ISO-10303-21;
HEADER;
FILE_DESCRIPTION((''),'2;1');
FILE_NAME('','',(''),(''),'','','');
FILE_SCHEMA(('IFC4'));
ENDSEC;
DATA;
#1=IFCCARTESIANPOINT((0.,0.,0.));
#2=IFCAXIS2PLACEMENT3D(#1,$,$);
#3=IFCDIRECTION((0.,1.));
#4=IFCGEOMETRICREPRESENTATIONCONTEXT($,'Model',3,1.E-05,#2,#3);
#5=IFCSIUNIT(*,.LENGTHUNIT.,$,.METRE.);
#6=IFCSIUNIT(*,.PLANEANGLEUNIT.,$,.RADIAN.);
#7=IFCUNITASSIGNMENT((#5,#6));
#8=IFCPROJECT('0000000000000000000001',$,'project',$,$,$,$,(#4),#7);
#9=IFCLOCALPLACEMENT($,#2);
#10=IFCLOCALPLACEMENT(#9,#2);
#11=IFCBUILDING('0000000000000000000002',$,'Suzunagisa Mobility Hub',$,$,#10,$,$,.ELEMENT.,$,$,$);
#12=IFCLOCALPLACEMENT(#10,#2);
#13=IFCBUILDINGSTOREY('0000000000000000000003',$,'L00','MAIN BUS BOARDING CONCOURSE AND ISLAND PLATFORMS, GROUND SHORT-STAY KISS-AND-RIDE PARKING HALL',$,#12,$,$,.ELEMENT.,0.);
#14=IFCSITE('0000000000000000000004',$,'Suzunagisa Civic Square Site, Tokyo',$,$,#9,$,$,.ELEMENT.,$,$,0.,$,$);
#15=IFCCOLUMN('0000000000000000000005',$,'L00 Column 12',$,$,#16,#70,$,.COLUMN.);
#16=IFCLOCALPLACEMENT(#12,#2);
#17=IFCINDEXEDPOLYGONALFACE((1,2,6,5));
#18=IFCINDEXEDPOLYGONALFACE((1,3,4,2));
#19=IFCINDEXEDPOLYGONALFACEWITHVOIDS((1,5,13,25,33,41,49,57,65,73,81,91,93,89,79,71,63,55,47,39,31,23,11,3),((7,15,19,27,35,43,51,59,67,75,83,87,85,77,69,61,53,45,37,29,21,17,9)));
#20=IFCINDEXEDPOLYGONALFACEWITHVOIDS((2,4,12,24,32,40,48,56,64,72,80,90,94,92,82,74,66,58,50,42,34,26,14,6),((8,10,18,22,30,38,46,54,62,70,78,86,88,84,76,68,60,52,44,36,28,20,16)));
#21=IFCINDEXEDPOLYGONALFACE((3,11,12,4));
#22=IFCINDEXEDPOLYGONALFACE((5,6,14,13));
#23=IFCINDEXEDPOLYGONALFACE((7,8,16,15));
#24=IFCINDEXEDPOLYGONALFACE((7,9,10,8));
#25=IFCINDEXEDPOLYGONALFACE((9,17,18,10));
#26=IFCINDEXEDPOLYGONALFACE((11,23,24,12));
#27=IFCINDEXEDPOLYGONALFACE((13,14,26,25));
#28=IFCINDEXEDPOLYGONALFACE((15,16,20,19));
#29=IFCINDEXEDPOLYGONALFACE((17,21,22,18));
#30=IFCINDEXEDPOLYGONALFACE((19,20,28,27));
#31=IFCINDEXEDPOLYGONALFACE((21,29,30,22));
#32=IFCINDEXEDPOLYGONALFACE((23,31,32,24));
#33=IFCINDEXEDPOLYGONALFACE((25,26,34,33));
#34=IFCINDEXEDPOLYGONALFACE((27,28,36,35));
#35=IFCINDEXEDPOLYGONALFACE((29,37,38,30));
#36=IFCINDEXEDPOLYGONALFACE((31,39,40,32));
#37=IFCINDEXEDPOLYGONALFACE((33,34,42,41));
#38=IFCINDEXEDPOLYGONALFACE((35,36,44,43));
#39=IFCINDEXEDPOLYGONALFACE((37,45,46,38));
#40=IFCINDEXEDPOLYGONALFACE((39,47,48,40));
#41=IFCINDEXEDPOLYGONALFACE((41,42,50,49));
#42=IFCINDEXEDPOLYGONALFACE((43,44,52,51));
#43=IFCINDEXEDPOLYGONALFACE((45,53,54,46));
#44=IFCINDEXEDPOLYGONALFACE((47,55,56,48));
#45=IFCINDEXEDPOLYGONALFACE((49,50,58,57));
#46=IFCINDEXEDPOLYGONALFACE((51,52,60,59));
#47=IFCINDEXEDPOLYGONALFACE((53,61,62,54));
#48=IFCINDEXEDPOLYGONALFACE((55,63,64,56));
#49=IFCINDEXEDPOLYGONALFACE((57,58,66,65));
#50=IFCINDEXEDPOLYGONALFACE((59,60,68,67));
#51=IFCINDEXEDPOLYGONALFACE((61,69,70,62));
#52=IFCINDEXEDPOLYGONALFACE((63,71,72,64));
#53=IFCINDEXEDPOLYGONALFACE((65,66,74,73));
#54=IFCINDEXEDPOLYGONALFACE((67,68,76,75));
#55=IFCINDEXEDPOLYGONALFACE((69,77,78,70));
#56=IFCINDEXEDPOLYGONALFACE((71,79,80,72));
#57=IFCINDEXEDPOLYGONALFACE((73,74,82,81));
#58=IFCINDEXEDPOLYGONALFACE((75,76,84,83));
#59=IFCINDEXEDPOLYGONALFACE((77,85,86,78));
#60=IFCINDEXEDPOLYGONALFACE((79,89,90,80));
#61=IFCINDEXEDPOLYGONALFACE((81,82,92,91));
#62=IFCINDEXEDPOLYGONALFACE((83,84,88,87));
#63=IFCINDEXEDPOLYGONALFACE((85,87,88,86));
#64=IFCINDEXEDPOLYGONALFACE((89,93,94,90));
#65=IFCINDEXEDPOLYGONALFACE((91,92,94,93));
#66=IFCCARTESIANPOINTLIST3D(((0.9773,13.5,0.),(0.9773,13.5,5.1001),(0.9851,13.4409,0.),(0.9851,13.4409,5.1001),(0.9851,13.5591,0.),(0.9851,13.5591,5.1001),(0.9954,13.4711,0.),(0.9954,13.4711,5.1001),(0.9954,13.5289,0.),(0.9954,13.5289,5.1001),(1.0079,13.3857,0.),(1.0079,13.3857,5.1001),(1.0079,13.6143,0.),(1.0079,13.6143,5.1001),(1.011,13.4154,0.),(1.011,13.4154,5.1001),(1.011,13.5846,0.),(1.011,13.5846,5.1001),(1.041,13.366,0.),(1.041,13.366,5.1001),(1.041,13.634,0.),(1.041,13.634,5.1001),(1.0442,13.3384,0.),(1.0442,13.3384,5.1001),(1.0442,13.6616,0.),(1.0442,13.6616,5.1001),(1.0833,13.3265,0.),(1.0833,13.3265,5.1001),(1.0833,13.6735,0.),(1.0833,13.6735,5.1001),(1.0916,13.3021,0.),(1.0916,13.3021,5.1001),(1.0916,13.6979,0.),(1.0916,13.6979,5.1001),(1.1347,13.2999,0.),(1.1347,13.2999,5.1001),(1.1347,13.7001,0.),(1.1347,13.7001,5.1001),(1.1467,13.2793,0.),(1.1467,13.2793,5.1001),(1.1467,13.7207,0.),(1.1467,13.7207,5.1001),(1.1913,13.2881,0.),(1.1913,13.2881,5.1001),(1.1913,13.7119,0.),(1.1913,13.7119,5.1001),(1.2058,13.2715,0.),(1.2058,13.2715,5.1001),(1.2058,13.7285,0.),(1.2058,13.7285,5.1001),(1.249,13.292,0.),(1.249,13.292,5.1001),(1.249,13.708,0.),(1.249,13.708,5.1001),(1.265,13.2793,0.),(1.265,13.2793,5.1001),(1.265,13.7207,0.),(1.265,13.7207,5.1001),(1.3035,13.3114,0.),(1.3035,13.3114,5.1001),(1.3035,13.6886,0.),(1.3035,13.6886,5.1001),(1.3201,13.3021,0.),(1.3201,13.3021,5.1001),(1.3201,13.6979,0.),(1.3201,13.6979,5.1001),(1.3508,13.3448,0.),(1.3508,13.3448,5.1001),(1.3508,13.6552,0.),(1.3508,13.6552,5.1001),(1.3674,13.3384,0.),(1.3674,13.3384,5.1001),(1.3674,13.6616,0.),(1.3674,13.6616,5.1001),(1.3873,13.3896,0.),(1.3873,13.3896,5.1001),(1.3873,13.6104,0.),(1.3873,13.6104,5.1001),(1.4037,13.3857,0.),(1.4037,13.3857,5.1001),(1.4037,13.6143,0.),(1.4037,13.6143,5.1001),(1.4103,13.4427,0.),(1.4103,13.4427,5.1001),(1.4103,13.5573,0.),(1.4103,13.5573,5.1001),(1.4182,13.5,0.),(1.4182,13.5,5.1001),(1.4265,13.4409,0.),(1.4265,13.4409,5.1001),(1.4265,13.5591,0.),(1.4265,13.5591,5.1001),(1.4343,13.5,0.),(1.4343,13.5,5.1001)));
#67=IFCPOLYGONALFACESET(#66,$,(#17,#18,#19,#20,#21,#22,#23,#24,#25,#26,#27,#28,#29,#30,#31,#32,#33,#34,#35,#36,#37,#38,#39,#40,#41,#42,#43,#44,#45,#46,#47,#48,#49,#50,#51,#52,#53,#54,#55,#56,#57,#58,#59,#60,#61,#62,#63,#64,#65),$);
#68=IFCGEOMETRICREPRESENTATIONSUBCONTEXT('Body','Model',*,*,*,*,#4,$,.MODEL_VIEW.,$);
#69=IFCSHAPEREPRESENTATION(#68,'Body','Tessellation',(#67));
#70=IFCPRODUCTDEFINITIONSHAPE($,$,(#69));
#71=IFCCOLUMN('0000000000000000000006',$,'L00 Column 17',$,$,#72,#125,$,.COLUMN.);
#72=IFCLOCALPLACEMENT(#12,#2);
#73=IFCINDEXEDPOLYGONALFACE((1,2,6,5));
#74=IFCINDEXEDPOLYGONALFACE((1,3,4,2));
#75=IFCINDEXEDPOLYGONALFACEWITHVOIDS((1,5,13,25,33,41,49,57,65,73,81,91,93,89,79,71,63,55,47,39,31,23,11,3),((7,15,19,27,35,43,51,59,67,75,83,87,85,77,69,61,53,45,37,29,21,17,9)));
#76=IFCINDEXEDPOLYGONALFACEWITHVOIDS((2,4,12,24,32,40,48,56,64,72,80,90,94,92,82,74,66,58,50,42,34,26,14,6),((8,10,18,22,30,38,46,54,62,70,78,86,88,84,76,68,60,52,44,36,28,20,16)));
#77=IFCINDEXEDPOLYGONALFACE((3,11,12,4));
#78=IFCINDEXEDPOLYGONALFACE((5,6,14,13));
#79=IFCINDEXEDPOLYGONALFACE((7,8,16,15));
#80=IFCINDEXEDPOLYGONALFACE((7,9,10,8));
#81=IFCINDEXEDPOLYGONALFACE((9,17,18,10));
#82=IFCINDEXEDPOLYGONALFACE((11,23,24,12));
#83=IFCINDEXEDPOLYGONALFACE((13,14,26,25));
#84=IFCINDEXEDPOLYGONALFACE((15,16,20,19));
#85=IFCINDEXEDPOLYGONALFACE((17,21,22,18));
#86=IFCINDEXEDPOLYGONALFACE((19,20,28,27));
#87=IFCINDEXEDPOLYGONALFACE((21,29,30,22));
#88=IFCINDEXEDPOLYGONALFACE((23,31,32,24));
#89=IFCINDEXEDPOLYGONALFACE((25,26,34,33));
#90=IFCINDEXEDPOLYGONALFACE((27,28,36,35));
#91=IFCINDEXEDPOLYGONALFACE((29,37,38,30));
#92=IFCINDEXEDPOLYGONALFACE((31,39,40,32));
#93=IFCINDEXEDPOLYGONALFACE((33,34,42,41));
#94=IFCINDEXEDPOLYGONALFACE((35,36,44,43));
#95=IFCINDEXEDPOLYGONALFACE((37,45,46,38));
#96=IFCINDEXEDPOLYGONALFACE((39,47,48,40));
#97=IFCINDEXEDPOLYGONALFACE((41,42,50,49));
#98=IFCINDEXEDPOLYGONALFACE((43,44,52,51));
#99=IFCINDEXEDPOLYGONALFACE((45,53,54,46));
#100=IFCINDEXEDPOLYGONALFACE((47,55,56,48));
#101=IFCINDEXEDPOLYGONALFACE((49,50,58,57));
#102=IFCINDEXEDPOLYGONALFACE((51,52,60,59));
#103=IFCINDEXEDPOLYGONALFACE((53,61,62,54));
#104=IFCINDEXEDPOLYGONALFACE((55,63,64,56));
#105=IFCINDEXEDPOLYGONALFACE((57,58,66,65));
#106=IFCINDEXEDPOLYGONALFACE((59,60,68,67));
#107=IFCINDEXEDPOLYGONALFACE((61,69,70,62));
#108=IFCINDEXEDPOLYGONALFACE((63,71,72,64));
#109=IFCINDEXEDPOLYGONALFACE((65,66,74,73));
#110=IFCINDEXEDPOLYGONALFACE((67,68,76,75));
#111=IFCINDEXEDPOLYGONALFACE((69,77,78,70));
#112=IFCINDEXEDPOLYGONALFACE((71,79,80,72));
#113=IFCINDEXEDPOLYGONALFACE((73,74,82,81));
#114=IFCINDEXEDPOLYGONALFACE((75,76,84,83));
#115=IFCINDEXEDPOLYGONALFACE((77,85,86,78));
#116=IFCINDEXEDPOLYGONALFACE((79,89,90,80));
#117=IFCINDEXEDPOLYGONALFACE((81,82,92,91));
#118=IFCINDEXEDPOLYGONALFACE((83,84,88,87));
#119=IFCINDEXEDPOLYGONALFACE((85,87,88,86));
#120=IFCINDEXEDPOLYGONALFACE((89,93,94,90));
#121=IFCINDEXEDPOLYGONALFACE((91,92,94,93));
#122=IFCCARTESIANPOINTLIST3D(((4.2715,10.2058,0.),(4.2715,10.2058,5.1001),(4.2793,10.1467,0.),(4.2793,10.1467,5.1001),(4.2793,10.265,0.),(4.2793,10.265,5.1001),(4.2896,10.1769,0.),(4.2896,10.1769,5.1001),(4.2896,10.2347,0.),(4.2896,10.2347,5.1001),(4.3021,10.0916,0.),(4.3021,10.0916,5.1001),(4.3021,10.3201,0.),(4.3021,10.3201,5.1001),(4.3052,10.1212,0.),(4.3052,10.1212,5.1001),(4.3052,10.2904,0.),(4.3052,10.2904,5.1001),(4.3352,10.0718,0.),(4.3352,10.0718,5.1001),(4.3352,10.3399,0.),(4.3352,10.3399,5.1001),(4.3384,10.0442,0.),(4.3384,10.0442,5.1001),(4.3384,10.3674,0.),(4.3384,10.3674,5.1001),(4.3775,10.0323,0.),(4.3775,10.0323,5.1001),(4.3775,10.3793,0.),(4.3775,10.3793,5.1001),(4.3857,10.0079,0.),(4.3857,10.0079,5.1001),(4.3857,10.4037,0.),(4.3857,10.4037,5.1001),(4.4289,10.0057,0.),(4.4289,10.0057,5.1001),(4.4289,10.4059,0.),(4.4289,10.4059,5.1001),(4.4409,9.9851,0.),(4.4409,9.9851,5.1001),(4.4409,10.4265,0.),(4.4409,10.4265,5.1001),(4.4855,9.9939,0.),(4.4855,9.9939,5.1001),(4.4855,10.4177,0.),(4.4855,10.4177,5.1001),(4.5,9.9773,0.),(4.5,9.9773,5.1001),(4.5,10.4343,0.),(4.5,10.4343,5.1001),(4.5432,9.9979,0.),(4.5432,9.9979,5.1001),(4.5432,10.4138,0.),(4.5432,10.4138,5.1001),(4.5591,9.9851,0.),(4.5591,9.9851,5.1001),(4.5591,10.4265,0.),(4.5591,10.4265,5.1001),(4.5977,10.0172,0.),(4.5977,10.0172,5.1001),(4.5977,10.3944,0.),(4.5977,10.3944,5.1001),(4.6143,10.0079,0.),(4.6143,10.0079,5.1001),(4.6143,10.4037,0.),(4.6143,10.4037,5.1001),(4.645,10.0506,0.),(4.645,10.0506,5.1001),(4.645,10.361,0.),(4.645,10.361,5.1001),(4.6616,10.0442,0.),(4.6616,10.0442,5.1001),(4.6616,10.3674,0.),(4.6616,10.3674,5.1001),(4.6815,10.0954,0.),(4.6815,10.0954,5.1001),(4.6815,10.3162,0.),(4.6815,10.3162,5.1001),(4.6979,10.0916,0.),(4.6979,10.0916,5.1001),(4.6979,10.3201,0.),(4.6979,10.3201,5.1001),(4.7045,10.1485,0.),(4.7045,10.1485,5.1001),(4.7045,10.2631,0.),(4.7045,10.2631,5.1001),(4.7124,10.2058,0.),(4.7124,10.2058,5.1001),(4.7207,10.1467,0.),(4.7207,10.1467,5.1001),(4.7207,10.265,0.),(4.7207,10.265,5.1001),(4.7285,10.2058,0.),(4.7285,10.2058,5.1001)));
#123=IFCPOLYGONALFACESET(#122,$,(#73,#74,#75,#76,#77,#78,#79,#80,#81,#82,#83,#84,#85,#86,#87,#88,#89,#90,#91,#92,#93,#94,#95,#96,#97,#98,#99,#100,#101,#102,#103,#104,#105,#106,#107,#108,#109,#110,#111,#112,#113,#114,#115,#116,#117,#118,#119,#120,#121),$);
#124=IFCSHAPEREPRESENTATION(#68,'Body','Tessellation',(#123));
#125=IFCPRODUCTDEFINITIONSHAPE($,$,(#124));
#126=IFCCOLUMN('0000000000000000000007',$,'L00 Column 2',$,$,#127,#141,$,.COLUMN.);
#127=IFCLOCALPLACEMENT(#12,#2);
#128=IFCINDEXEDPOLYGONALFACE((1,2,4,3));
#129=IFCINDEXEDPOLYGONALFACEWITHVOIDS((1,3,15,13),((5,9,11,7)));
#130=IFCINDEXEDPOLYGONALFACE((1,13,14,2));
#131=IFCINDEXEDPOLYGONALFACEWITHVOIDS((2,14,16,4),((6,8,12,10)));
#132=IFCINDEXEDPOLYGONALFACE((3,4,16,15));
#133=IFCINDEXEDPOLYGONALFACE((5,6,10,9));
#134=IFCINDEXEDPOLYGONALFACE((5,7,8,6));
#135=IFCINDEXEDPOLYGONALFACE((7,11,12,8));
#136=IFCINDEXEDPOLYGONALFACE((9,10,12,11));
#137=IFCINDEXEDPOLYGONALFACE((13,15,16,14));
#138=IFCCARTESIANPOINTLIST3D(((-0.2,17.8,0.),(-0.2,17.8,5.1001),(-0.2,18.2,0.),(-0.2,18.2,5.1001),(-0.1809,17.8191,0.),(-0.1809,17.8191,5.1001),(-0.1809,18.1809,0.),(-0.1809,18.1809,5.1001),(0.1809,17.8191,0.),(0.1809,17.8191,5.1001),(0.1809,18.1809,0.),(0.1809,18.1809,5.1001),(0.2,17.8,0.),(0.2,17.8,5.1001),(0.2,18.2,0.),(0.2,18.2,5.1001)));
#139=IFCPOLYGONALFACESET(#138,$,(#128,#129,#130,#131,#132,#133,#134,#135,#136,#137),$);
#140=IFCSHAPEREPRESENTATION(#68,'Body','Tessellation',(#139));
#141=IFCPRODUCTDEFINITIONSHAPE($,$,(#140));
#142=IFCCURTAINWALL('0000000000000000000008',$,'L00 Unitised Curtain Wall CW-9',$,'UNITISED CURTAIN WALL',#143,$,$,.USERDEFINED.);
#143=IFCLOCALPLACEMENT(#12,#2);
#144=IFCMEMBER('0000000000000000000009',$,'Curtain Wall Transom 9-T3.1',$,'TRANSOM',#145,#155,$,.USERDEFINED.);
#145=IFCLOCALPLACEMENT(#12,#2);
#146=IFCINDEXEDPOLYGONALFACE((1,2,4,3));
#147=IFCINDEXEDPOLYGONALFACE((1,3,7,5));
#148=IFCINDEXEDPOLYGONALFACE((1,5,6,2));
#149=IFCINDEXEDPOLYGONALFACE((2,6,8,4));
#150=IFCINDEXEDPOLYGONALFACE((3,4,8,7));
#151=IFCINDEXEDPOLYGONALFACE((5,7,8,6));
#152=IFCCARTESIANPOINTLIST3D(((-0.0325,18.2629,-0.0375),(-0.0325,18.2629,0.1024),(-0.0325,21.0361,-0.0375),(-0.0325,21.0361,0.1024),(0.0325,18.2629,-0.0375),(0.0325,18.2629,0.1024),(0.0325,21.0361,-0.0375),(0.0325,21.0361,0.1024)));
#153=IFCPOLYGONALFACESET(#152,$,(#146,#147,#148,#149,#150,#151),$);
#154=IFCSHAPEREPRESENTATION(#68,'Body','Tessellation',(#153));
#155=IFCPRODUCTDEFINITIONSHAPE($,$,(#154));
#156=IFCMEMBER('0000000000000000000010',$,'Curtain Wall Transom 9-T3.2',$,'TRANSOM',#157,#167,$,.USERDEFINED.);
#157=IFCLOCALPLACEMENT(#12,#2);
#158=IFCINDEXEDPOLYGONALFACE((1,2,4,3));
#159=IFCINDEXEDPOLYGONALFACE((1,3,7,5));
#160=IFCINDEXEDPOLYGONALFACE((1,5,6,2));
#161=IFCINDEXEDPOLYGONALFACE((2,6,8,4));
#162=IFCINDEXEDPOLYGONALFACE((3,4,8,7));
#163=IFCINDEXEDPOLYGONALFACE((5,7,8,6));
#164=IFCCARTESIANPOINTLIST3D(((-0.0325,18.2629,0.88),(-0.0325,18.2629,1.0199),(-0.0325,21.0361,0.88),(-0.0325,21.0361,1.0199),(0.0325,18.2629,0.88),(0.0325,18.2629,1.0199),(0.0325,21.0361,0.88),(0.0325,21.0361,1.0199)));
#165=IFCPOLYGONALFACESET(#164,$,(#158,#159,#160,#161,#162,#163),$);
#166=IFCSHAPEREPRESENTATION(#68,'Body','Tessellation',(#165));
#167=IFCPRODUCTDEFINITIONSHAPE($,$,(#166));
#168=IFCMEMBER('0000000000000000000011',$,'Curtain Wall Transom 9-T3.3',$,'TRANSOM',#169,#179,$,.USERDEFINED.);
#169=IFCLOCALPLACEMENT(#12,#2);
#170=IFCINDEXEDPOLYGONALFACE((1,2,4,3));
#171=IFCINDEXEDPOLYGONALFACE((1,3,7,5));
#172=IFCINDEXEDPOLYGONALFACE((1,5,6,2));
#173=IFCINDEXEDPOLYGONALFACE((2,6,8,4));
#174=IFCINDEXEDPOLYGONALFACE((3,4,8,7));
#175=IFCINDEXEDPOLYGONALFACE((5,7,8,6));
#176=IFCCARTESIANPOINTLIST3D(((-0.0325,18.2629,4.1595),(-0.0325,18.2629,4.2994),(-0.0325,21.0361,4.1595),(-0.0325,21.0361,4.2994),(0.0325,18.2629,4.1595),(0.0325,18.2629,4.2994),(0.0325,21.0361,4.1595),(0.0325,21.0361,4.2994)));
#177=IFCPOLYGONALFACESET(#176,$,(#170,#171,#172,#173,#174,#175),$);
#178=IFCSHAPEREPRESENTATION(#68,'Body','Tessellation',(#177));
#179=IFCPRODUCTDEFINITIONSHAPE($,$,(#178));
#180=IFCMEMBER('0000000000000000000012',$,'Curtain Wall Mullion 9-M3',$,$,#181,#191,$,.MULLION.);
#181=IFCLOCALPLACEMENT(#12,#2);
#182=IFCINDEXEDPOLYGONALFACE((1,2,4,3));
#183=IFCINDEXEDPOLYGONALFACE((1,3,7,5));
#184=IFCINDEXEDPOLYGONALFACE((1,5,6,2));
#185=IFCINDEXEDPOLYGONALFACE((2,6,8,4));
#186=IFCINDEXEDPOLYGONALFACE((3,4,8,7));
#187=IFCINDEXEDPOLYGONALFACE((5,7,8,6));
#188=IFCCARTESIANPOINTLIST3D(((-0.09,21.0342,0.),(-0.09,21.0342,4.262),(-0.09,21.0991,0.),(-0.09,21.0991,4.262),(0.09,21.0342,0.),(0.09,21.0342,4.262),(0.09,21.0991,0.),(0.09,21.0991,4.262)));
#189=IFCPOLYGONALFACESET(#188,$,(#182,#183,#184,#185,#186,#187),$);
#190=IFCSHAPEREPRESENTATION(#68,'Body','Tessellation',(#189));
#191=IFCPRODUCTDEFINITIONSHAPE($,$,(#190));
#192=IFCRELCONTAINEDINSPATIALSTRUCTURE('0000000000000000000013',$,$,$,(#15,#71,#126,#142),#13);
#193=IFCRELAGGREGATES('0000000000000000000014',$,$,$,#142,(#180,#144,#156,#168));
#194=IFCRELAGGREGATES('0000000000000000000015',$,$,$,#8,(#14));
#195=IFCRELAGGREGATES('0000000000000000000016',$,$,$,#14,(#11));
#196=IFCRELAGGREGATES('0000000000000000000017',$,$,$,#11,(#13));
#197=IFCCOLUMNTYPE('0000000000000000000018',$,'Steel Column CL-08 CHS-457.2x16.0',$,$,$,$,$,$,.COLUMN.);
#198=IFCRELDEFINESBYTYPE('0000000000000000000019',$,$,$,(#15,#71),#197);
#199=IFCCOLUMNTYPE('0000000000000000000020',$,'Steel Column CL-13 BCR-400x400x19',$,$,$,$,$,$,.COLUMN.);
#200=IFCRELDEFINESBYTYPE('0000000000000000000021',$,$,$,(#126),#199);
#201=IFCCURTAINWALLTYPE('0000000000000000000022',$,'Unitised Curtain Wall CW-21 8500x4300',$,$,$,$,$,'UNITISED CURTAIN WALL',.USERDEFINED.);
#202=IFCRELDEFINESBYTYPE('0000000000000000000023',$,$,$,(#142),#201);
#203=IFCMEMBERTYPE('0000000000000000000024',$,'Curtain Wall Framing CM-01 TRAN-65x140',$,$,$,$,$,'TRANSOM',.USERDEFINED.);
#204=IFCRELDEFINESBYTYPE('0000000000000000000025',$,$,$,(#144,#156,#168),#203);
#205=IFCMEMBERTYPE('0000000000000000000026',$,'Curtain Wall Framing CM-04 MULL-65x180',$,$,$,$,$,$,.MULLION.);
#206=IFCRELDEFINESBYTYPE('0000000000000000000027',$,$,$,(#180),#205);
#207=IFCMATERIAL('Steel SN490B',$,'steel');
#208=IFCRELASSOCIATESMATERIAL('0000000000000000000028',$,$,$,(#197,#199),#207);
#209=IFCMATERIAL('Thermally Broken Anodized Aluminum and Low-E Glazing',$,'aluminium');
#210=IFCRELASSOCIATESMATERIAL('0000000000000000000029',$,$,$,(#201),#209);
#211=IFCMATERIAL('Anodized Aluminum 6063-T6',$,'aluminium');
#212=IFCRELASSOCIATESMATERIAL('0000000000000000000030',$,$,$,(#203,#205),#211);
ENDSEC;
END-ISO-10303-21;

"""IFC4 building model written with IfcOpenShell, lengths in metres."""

from ifc_helpers import new_model, si_unit, direction, frame, origin, origin_2d, place, context, subcontext, project, spatial, rectangle, hollow_rectangle, hollow_circle, extrude, material, material_profile, profile_set, type_object, element, aggregate, save


model = new_model("IFC4")

# Units and contexts
model_context = context("Model", 3, precision=1e-05, world=origin(), true_north=direction((0.0, 1.0)))
body_context = subcontext(model_context, "Body", "Model", "MODEL_VIEW")
ifc_project = project(units=[si_unit("LENGTHUNIT", "METRE"), si_unit("PLANEANGLEUNIT", "RADIAN")], contexts=[model_context])

# Site, building, storey
site_placement = place(None, origin())
site = spatial("IfcSite", under=ifc_project, at=site_placement, Name="Suzunagisa Civic Square Site, Tokyo", CompositionType="ELEMENT", RefElevation=0.0)
building_placement = place(site_placement, origin())
building = spatial("IfcBuilding", under=site, at=building_placement, Name="Suzunagisa Mobility Hub", CompositionType="ELEMENT")
storey_placement = place(building_placement, origin())
storey = spatial("IfcBuildingStorey", under=building, at=storey_placement, Name="L00", Description="MAIN BUS BOARDING CONCOURSE AND ISLAND PLATFORMS, GROUND SHORT-STAY KISS-AND-RIDE PARKING HALL", CompositionType="ELEMENT", Elevation=0.0)

# Columns
ifc_material_1 = material(Name="Steel SN490B", Category="steel")
ifc_material_profile_1 = material_profile(ifc_material_1, hollow_circle(Radius=0.2285, WallThickness=0.0161, at=origin_2d()), Name="CHS-457.2x16.0")
ifc_profile_set_1 = profile_set([ifc_material_profile_1], Name="Steel SN490B")
column_type_1 = type_object("IfcColumnType", Name="Steel Column CL-08 CHS-457.2x16.0", PredefinedType="COLUMN", material=ifc_profile_set_1)
for number, where, z_axis, x_axis, name in (
    (1, (1.2058, 13.5, 0.0), (0.0, 0.0, 1.0), (1.0, 0.0, 0.0), "L00 Column 12"),
    (2, (4.5, 10.2058, 0.0), (0.0, 0.0, 1.0), (1.0, 0.0, 0.0), "L00 Column 17"),
):
    element("IfcColumn", number, at=place(storey_placement, frame(where, z_axis=z_axis, x_axis=x_axis)), inside=storey, type_object=column_type_1, Name=name, PredefinedType="COLUMN", context=body_context, shape_type="SweptSolid", body=[
        extrude(hollow_circle(Radius=0.2285, WallThickness=0.0161, at=origin_2d()), origin(), (0.0, 0.0, 1.0), 5.1001),
    ])
ifc_material_profile_2 = material_profile(ifc_material_1, hollow_rectangle(XDim=0.3999, YDim=0.3999, WallThickness=0.019, at=origin_2d()), Name="BCR-400x400x19")
ifc_profile_set_2 = profile_set([ifc_material_profile_2], Name="Steel SN490B")
column_type_2 = type_object("IfcColumnType", Name="Steel Column CL-13 BCR-400x400x19", PredefinedType="COLUMN", material=ifc_profile_set_2)
column_placement = place(storey_placement, frame((0.0, 18.0, 0.0), z_axis=(0.0, 0.0, 1.0), x_axis=(1.0, 0.0, 0.0)))
element("IfcColumn", 3, at=column_placement, inside=storey, type_object=column_type_2, Name="L00 Column 2", PredefinedType="COLUMN", context=body_context, shape_type="SweptSolid", body=[
    extrude(hollow_rectangle(XDim=0.3999, YDim=0.3999, WallThickness=0.019, at=origin_2d()), origin(), (0.0, 0.0, 1.0), 5.1001),
])

# Curtain wall, members
ifc_material_2 = material(Name="Thermally Broken Anodized Aluminum and Low-E Glazing", Category="aluminium")
curtain_wall_type = type_object("IfcCurtainWallType", Name="Unitised Curtain Wall CW-21 8500x4300", ElementType="UNITISED CURTAIN WALL", PredefinedType="USERDEFINED", material=ifc_material_2)
curtain_wall_placement = place(storey_placement, origin())
curtain_wall = element("IfcCurtainWall", 4, at=curtain_wall_placement, inside=storey, type_object=curtain_wall_type, Name="L00 Unitised Curtain Wall CW-9", ObjectType="UNITISED CURTAIN WALL", PredefinedType="USERDEFINED")
ifc_material_3 = material(Name="Anodized Aluminum 6063-T6", Category="aluminium")
ifc_material_profile_3 = material_profile(ifc_material_3, rectangle(XDim=0.0649, YDim=0.1399, at=origin_2d()), Name="TRAN-65x140")
ifc_profile_set_3 = profile_set([ifc_material_profile_3], Name="Anodized Aluminum 6063-T6")
member_type_1 = type_object("IfcMemberType", Name="Curtain Wall Framing CM-01 TRAN-65x140", ElementType="TRANSOM", PredefinedType="USERDEFINED", material=ifc_profile_set_3)
member_1_placement = place(storey_placement, frame((0.0, 21.0361, 0.0325), z_axis=(0.0, -1.0, 0.0), x_axis=(1.0, 0.0, 0.0)))
member_1 = element("IfcMember", 5, at=member_1_placement, type_object=member_type_1, Name="Curtain Wall Transom 9-T3.1", ObjectType="TRANSOM", PredefinedType="USERDEFINED", context=body_context, shape_type="SweptSolid", body=[
    extrude(rectangle(XDim=0.0649, YDim=0.1399, at=origin_2d()), origin(), (0.0, 0.0, 1.0), 2.7732),
])
member_2_placement = place(storey_placement, frame((0.0, 21.0361, 0.95), z_axis=(0.0, -1.0, 0.0), x_axis=(1.0, 0.0, 0.0)))
member_2 = element("IfcMember", 6, at=member_2_placement, type_object=member_type_1, Name="Curtain Wall Transom 9-T3.2", ObjectType="TRANSOM", PredefinedType="USERDEFINED", context=body_context, shape_type="SweptSolid", body=[
    extrude(rectangle(XDim=0.0649, YDim=0.1399, at=origin_2d()), origin(), (0.0, 0.0, 1.0), 2.7732),
])
member_3_placement = place(storey_placement, frame((0.0, 21.0361, 4.2295), z_axis=(0.0, -1.0, 0.0), x_axis=(1.0, 0.0, 0.0)))
member_3 = element("IfcMember", 7, at=member_3_placement, type_object=member_type_1, Name="Curtain Wall Transom 9-T3.3", ObjectType="TRANSOM", PredefinedType="USERDEFINED", context=body_context, shape_type="SweptSolid", body=[
    extrude(rectangle(XDim=0.0649, YDim=0.1399, at=origin_2d()), origin(), (0.0, 0.0, 1.0), 2.7732),
])
ifc_material_profile_4 = material_profile(ifc_material_3, rectangle(XDim=0.0649, YDim=0.1799, at=origin_2d()), Name="MULL-65x180")
ifc_profile_set_4 = profile_set([ifc_material_profile_4], Name="Anodized Aluminum 6063-T6")
member_type_2 = type_object("IfcMemberType", Name="Curtain Wall Framing CM-04 MULL-65x180", PredefinedType="MULLION", material=ifc_profile_set_4)
member_4_placement = place(storey_placement, frame((0.0, 21.0667, 0.0), z_axis=(0.0, 0.0, 1.0), x_axis=(0.0, -1.0, 0.0)))
member_4 = element("IfcMember", 8, at=member_4_placement, type_object=member_type_2, Name="Curtain Wall Mullion 9-M3", PredefinedType="MULLION", context=body_context, shape_type="SweptSolid", body=[
    extrude(rectangle(XDim=0.0649, YDim=0.1799, at=origin_2d()), origin(), (0.0, 0.0, 1.0), 4.262),
])

aggregate(curtain_wall, [member_4, member_1, member_2, member_3])

save(model, "model.ifc")
